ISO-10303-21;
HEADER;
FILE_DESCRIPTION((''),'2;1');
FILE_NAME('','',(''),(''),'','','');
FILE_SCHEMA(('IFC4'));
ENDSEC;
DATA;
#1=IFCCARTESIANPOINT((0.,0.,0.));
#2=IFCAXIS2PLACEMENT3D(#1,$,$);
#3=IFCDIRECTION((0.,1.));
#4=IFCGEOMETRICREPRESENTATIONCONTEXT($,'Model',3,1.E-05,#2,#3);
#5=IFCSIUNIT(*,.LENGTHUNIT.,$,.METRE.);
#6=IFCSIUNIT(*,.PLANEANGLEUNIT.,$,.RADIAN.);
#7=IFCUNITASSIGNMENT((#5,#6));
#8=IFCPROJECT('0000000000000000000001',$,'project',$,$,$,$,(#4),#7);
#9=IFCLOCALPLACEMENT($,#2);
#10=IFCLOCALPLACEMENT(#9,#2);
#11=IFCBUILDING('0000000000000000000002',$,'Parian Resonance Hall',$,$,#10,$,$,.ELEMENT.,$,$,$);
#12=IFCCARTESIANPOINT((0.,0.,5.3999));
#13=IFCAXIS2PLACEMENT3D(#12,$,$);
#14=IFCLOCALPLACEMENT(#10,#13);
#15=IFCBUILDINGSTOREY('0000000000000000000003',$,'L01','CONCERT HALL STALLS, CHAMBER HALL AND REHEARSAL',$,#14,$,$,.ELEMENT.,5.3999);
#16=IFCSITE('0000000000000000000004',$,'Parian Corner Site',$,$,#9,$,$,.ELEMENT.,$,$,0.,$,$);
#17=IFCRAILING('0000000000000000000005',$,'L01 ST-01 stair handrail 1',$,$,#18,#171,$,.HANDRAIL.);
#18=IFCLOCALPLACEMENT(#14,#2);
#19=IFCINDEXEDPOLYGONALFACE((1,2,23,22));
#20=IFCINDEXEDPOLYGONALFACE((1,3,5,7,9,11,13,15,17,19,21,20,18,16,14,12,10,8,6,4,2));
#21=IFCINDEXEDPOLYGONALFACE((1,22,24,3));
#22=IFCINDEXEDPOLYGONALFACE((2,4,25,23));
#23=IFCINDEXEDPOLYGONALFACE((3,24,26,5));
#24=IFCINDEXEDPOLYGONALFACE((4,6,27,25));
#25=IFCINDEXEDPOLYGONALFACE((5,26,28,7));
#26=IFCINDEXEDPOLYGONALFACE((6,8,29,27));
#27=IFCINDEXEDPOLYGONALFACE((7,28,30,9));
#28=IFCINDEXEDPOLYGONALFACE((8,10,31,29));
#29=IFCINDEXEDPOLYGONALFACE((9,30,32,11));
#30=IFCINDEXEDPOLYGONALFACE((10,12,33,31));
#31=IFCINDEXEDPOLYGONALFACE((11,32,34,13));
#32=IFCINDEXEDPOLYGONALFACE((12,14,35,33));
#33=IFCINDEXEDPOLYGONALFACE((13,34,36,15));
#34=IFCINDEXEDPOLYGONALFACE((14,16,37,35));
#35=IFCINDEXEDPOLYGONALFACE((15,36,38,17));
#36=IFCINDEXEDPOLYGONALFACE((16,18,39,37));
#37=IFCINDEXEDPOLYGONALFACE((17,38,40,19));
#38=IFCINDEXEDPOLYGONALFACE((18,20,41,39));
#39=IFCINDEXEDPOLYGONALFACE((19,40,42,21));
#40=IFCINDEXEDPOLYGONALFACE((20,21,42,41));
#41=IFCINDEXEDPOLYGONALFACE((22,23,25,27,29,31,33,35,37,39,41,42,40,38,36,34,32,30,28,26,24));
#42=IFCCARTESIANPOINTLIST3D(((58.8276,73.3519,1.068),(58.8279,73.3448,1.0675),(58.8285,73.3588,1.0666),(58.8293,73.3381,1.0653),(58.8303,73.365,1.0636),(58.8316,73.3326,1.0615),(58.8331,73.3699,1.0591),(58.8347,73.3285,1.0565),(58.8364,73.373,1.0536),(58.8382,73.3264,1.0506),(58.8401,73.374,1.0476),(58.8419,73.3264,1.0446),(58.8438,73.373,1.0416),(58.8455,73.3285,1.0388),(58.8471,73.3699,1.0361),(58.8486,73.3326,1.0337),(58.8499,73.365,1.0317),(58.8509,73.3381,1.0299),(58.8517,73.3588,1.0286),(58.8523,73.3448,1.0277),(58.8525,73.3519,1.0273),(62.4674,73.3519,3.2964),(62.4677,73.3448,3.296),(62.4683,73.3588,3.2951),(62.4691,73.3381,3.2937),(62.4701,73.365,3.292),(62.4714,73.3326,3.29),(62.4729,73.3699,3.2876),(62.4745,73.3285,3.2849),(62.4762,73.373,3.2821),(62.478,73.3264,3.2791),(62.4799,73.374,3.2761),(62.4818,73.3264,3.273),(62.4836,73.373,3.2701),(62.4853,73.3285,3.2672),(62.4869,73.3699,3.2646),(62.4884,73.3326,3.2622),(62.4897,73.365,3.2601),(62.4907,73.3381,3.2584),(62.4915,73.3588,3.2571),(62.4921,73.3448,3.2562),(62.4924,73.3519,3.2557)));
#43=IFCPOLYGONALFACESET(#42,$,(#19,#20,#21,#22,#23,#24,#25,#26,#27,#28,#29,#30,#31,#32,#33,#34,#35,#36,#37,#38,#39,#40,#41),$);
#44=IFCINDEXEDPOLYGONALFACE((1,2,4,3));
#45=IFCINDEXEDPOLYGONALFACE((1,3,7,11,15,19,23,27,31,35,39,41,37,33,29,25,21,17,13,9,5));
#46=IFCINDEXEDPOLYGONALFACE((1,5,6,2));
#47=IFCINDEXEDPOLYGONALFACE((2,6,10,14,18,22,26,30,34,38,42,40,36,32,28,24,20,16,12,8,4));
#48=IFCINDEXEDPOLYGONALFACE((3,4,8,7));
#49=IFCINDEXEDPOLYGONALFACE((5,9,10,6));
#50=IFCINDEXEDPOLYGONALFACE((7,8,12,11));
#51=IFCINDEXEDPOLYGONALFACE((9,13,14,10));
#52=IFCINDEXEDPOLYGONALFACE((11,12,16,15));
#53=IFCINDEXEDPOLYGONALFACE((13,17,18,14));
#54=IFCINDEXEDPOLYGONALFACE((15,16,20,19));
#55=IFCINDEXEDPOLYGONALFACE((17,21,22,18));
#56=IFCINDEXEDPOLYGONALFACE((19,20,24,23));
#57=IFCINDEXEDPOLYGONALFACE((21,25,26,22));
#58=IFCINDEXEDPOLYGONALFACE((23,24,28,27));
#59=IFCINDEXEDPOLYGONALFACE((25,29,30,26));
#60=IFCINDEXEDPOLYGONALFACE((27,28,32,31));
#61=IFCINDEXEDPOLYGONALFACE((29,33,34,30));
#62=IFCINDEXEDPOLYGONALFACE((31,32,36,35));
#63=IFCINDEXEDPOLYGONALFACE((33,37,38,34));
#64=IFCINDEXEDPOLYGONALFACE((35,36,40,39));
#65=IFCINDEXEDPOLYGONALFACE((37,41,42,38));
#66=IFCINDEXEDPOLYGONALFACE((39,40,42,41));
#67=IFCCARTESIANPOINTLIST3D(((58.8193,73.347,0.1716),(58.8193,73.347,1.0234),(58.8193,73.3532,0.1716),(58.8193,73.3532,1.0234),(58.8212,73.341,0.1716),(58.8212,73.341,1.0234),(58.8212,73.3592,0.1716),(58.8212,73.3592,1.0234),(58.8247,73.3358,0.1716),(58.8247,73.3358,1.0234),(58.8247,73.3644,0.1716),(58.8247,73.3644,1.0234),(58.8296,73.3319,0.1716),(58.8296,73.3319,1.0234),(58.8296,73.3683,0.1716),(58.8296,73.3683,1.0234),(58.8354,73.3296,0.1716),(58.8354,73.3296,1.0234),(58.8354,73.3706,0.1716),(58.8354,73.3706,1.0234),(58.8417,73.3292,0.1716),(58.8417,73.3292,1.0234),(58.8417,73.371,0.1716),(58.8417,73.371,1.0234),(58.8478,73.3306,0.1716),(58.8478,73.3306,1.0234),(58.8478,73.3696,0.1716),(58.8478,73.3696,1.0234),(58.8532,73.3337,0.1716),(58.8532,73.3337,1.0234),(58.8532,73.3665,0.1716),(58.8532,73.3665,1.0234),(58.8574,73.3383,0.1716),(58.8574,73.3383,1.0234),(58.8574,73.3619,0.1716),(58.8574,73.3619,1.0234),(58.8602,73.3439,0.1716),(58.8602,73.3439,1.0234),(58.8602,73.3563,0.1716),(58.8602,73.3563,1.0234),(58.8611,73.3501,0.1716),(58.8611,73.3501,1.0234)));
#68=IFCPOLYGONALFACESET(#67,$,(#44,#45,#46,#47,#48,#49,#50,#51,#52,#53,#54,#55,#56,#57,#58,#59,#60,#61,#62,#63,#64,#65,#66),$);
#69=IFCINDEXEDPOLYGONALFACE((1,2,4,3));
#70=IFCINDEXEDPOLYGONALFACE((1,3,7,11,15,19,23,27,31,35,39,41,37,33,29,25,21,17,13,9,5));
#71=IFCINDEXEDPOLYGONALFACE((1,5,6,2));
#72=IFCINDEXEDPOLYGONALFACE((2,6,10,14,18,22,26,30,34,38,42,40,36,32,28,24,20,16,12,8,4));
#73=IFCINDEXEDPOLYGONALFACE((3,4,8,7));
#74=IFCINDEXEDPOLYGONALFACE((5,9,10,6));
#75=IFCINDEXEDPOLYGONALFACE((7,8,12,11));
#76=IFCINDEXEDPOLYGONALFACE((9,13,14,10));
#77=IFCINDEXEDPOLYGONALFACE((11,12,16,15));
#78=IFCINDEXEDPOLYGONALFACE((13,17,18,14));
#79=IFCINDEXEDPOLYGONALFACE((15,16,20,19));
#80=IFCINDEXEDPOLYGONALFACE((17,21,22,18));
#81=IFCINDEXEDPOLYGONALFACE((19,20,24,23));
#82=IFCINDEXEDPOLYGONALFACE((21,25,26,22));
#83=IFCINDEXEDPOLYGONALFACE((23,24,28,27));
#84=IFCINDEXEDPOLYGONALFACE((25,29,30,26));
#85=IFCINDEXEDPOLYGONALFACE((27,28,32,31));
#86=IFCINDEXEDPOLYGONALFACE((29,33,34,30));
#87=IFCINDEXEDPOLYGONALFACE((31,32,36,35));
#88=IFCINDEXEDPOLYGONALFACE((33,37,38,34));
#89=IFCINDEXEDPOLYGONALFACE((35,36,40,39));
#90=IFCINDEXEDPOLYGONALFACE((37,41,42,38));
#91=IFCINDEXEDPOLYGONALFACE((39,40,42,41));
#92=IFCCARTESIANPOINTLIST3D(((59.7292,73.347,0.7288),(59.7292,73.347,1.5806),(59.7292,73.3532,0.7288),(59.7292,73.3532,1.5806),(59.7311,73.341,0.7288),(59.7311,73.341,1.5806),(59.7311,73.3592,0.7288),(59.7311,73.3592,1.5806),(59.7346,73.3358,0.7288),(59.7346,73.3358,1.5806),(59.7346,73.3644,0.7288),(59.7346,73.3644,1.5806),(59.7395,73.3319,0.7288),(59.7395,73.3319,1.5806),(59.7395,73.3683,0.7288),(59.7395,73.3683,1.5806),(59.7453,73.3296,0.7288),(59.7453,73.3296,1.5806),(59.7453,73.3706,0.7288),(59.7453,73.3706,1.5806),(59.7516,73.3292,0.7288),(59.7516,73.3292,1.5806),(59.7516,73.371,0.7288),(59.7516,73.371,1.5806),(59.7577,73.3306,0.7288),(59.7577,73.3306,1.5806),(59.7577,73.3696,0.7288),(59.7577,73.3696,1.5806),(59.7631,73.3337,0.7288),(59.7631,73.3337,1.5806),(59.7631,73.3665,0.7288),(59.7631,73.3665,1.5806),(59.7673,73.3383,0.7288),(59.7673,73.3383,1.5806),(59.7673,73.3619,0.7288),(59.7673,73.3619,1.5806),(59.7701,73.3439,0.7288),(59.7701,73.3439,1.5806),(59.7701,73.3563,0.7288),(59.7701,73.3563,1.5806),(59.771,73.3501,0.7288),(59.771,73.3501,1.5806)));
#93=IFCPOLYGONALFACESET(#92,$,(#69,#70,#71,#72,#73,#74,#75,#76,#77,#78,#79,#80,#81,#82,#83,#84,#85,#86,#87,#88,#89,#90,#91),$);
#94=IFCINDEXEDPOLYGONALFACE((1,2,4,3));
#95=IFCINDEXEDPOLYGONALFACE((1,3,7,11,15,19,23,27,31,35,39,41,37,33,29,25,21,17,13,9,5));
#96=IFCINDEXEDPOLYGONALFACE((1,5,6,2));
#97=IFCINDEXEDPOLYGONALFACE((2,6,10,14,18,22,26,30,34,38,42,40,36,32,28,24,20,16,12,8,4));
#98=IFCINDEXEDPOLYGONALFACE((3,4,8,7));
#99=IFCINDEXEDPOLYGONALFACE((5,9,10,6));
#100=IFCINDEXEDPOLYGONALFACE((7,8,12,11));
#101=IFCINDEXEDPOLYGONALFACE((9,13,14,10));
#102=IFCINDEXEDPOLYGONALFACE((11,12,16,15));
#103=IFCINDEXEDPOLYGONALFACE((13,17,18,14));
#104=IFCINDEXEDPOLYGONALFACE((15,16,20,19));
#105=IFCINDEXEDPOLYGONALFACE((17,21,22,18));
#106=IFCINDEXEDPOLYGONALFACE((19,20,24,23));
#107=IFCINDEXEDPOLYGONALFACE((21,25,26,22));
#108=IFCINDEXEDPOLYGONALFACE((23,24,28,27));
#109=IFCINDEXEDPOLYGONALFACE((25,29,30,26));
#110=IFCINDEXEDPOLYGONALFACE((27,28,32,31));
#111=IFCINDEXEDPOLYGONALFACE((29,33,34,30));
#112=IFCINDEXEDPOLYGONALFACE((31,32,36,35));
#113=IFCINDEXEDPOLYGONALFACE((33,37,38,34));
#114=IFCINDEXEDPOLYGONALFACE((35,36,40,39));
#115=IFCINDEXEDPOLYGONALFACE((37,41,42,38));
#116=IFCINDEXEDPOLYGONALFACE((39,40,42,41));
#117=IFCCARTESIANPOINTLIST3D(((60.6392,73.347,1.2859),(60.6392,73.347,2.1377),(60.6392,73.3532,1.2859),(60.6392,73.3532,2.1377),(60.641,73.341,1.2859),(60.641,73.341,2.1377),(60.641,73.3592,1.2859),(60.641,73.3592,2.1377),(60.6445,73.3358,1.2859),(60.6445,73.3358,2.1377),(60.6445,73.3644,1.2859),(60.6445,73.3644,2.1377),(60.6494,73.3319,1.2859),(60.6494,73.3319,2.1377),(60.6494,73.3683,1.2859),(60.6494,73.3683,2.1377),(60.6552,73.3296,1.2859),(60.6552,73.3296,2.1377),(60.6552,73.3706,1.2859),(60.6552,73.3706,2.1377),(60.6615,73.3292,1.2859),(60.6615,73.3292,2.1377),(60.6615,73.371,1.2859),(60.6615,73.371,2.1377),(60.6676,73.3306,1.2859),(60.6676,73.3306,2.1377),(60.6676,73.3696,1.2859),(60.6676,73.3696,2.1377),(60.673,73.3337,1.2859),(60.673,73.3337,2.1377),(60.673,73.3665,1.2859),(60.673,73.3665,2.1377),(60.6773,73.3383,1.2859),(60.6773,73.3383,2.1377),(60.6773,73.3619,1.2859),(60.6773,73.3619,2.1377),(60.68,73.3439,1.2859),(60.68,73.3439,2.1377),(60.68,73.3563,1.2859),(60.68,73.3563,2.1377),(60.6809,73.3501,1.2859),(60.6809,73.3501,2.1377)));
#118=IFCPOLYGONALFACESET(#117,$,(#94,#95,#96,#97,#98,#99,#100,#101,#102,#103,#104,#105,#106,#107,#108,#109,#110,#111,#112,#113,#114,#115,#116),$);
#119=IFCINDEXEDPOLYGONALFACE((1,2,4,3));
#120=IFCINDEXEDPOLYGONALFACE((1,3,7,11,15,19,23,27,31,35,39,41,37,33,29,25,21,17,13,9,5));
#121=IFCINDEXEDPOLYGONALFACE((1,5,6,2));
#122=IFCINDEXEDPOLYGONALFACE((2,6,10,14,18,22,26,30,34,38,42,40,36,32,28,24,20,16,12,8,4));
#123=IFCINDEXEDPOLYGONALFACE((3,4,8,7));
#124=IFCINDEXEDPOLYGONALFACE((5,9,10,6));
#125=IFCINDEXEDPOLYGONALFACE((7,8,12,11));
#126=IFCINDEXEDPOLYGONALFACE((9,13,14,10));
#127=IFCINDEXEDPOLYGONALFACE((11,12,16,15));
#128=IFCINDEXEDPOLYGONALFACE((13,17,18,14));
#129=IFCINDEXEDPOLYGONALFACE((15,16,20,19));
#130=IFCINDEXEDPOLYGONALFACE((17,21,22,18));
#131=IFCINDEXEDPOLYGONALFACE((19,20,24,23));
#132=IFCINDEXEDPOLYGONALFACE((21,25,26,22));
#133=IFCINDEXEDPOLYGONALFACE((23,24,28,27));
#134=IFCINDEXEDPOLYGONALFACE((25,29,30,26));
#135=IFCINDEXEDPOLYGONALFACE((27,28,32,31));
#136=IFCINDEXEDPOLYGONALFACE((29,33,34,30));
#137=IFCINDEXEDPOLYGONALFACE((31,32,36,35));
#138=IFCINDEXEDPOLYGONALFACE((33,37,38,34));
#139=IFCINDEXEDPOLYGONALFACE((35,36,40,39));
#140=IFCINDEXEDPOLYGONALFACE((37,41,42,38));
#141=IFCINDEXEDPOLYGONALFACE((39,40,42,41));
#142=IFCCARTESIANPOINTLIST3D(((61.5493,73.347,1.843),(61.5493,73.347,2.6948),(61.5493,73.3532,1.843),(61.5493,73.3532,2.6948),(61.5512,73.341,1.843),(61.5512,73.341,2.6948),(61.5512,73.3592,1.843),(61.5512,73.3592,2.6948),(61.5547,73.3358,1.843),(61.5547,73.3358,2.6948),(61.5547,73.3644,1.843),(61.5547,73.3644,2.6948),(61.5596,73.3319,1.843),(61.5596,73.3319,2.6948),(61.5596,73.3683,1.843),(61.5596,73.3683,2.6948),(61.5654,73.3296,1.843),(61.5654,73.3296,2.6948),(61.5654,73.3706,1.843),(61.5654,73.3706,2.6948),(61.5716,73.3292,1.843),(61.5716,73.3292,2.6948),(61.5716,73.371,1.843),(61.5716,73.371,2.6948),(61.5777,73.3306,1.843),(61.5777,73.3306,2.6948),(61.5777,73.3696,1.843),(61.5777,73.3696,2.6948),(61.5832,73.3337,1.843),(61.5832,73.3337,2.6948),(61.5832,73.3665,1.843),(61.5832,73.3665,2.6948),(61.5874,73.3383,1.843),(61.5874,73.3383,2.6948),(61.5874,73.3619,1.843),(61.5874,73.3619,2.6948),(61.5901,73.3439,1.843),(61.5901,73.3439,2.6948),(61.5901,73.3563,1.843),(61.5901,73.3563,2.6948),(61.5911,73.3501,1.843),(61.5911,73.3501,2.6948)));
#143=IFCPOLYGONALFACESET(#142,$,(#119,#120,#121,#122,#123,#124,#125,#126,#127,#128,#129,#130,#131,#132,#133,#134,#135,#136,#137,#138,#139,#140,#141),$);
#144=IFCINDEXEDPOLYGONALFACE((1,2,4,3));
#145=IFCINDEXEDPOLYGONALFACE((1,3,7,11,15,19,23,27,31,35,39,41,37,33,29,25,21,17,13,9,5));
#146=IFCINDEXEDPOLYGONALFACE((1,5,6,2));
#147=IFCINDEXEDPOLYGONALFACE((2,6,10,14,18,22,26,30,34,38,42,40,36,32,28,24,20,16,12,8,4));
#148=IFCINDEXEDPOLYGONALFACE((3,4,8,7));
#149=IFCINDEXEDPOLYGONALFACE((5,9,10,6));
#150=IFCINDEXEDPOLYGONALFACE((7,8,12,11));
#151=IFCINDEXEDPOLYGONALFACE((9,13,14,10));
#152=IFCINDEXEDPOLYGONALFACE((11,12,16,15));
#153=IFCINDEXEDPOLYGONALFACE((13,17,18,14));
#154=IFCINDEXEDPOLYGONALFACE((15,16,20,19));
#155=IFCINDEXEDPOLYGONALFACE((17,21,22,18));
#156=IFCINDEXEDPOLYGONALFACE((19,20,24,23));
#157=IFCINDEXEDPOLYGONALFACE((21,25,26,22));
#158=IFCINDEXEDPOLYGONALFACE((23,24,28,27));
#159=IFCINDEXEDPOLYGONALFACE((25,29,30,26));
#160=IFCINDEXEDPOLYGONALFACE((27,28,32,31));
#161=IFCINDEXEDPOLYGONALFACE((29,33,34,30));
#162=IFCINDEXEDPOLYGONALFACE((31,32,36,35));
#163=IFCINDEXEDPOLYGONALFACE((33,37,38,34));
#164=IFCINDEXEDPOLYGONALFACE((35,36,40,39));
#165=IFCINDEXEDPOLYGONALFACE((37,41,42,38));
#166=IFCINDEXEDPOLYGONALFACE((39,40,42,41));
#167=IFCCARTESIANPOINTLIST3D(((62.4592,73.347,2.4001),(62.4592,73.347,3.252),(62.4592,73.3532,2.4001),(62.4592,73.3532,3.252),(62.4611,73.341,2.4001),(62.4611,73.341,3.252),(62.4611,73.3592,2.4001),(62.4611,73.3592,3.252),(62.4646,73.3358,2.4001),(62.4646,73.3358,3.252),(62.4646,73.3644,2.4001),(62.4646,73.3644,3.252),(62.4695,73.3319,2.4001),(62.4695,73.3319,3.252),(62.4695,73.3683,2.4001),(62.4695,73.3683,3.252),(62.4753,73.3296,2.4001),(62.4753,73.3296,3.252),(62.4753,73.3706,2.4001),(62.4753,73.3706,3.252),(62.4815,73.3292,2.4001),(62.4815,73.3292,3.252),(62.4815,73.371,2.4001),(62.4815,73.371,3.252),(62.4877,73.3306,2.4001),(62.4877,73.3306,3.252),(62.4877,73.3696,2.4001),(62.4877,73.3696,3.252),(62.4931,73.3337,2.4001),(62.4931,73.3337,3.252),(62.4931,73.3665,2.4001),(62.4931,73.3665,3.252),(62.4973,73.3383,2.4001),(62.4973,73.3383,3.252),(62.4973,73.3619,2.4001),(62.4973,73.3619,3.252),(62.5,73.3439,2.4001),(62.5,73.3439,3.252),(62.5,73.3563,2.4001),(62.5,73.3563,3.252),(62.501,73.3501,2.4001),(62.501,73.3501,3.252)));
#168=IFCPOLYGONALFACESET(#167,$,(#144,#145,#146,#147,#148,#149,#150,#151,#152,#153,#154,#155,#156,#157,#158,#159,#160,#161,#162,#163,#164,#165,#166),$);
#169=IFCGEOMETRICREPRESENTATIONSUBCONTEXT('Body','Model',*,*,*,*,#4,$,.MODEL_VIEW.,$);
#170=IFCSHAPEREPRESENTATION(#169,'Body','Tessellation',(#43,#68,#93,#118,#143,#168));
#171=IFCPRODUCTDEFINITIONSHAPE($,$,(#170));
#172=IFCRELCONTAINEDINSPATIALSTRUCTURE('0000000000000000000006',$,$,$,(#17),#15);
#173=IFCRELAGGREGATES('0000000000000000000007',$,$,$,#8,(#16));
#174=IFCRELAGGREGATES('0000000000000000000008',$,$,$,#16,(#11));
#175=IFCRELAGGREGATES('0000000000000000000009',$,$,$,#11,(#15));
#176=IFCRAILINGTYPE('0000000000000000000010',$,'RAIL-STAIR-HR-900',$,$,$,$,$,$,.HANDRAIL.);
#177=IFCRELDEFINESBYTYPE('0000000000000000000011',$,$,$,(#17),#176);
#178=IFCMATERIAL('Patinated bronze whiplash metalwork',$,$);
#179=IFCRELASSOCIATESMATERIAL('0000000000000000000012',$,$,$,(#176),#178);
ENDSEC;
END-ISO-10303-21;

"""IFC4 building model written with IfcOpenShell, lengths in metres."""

from ifc_helpers import new_model, si_unit, direction, frame, origin, origin_2d, place, context, subcontext, project, spatial, circle, extrude, material, type_object, element, save


model = new_model("IFC4")

# Units and contexts
model_context = context("Model", 3, precision=1e-05, world=origin(), true_north=direction((0.0, 1.0)))
body_context = subcontext(model_context, "Body", "Model", "MODEL_VIEW")
ifc_project = project(units=[si_unit("LENGTHUNIT", "METRE"), si_unit("PLANEANGLEUNIT", "RADIAN")], contexts=[model_context])

# Site, building, storey
site_placement = place(None, origin())
site = spatial("IfcSite", under=ifc_project, at=site_placement, Name="Parian Corner Site", CompositionType="ELEMENT", RefElevation=0.0)
building_placement = place(site_placement, origin())
building = spatial("IfcBuilding", under=site, at=building_placement, Name="Parian Resonance Hall", CompositionType="ELEMENT")
storey_placement = place(building_placement, frame((0.0, 0.0, 5.3999)))
storey = spatial("IfcBuildingStorey", under=building, at=storey_placement, Name="L01", Description="CONCERT HALL STALLS, CHAMBER HALL AND REHEARSAL", CompositionType="ELEMENT", Elevation=5.3999)

# Railing
ifc_material_1 = material(Name="Patinated bronze whiplash metalwork")
railing_type_1 = type_object("IfcRailingType", Name="RAIL-STAIR-HR-900", PredefinedType="HANDRAIL", material=ifc_material_1)
railing_1_placement = place(storey_placement, frame((58.8401, 73.3501, 0.1716)))
element("IfcRailing", 1, at=railing_1_placement, inside=storey, type_object=railing_type_1, Name="L01 ST-01 stair handrail 1", PredefinedType="HANDRAIL", context=body_context, shape_type="SweptSolid", body=[
    extrude(circle(Radius=0.0239, at=origin_2d()), frame((0.0, 0.0, 0.876), z_axis=(0.85285, 0.0, 0.522156), x_axis=(0.0, 1.0, 0.0)), (0.0, 0.0, 1.0), 4.2678),
    extrude(circle(Radius=0.021, at=origin_2d()), origin(), (0.0, 0.0, 1.0), 0.8518),
    extrude(circle(Radius=0.021, at=origin_2d()), frame((0.9099, 0.0, 0.5571)), (0.0, 0.0, 1.0), 0.8518),
    extrude(circle(Radius=0.021, at=origin_2d()), frame((1.8198, 0.0, 1.1143)), (0.0, 0.0, 1.0), 0.8518),
    extrude(circle(Radius=0.021, at=origin_2d()), frame((2.73, 0.0, 1.6714)), (0.0, 0.0, 1.0), 0.8518),
    extrude(circle(Radius=0.021, at=origin_2d()), frame((3.6399, 0.0, 2.2285)), (0.0, 0.0, 1.0), 0.8518),
])

save(model, "model.ifc")
